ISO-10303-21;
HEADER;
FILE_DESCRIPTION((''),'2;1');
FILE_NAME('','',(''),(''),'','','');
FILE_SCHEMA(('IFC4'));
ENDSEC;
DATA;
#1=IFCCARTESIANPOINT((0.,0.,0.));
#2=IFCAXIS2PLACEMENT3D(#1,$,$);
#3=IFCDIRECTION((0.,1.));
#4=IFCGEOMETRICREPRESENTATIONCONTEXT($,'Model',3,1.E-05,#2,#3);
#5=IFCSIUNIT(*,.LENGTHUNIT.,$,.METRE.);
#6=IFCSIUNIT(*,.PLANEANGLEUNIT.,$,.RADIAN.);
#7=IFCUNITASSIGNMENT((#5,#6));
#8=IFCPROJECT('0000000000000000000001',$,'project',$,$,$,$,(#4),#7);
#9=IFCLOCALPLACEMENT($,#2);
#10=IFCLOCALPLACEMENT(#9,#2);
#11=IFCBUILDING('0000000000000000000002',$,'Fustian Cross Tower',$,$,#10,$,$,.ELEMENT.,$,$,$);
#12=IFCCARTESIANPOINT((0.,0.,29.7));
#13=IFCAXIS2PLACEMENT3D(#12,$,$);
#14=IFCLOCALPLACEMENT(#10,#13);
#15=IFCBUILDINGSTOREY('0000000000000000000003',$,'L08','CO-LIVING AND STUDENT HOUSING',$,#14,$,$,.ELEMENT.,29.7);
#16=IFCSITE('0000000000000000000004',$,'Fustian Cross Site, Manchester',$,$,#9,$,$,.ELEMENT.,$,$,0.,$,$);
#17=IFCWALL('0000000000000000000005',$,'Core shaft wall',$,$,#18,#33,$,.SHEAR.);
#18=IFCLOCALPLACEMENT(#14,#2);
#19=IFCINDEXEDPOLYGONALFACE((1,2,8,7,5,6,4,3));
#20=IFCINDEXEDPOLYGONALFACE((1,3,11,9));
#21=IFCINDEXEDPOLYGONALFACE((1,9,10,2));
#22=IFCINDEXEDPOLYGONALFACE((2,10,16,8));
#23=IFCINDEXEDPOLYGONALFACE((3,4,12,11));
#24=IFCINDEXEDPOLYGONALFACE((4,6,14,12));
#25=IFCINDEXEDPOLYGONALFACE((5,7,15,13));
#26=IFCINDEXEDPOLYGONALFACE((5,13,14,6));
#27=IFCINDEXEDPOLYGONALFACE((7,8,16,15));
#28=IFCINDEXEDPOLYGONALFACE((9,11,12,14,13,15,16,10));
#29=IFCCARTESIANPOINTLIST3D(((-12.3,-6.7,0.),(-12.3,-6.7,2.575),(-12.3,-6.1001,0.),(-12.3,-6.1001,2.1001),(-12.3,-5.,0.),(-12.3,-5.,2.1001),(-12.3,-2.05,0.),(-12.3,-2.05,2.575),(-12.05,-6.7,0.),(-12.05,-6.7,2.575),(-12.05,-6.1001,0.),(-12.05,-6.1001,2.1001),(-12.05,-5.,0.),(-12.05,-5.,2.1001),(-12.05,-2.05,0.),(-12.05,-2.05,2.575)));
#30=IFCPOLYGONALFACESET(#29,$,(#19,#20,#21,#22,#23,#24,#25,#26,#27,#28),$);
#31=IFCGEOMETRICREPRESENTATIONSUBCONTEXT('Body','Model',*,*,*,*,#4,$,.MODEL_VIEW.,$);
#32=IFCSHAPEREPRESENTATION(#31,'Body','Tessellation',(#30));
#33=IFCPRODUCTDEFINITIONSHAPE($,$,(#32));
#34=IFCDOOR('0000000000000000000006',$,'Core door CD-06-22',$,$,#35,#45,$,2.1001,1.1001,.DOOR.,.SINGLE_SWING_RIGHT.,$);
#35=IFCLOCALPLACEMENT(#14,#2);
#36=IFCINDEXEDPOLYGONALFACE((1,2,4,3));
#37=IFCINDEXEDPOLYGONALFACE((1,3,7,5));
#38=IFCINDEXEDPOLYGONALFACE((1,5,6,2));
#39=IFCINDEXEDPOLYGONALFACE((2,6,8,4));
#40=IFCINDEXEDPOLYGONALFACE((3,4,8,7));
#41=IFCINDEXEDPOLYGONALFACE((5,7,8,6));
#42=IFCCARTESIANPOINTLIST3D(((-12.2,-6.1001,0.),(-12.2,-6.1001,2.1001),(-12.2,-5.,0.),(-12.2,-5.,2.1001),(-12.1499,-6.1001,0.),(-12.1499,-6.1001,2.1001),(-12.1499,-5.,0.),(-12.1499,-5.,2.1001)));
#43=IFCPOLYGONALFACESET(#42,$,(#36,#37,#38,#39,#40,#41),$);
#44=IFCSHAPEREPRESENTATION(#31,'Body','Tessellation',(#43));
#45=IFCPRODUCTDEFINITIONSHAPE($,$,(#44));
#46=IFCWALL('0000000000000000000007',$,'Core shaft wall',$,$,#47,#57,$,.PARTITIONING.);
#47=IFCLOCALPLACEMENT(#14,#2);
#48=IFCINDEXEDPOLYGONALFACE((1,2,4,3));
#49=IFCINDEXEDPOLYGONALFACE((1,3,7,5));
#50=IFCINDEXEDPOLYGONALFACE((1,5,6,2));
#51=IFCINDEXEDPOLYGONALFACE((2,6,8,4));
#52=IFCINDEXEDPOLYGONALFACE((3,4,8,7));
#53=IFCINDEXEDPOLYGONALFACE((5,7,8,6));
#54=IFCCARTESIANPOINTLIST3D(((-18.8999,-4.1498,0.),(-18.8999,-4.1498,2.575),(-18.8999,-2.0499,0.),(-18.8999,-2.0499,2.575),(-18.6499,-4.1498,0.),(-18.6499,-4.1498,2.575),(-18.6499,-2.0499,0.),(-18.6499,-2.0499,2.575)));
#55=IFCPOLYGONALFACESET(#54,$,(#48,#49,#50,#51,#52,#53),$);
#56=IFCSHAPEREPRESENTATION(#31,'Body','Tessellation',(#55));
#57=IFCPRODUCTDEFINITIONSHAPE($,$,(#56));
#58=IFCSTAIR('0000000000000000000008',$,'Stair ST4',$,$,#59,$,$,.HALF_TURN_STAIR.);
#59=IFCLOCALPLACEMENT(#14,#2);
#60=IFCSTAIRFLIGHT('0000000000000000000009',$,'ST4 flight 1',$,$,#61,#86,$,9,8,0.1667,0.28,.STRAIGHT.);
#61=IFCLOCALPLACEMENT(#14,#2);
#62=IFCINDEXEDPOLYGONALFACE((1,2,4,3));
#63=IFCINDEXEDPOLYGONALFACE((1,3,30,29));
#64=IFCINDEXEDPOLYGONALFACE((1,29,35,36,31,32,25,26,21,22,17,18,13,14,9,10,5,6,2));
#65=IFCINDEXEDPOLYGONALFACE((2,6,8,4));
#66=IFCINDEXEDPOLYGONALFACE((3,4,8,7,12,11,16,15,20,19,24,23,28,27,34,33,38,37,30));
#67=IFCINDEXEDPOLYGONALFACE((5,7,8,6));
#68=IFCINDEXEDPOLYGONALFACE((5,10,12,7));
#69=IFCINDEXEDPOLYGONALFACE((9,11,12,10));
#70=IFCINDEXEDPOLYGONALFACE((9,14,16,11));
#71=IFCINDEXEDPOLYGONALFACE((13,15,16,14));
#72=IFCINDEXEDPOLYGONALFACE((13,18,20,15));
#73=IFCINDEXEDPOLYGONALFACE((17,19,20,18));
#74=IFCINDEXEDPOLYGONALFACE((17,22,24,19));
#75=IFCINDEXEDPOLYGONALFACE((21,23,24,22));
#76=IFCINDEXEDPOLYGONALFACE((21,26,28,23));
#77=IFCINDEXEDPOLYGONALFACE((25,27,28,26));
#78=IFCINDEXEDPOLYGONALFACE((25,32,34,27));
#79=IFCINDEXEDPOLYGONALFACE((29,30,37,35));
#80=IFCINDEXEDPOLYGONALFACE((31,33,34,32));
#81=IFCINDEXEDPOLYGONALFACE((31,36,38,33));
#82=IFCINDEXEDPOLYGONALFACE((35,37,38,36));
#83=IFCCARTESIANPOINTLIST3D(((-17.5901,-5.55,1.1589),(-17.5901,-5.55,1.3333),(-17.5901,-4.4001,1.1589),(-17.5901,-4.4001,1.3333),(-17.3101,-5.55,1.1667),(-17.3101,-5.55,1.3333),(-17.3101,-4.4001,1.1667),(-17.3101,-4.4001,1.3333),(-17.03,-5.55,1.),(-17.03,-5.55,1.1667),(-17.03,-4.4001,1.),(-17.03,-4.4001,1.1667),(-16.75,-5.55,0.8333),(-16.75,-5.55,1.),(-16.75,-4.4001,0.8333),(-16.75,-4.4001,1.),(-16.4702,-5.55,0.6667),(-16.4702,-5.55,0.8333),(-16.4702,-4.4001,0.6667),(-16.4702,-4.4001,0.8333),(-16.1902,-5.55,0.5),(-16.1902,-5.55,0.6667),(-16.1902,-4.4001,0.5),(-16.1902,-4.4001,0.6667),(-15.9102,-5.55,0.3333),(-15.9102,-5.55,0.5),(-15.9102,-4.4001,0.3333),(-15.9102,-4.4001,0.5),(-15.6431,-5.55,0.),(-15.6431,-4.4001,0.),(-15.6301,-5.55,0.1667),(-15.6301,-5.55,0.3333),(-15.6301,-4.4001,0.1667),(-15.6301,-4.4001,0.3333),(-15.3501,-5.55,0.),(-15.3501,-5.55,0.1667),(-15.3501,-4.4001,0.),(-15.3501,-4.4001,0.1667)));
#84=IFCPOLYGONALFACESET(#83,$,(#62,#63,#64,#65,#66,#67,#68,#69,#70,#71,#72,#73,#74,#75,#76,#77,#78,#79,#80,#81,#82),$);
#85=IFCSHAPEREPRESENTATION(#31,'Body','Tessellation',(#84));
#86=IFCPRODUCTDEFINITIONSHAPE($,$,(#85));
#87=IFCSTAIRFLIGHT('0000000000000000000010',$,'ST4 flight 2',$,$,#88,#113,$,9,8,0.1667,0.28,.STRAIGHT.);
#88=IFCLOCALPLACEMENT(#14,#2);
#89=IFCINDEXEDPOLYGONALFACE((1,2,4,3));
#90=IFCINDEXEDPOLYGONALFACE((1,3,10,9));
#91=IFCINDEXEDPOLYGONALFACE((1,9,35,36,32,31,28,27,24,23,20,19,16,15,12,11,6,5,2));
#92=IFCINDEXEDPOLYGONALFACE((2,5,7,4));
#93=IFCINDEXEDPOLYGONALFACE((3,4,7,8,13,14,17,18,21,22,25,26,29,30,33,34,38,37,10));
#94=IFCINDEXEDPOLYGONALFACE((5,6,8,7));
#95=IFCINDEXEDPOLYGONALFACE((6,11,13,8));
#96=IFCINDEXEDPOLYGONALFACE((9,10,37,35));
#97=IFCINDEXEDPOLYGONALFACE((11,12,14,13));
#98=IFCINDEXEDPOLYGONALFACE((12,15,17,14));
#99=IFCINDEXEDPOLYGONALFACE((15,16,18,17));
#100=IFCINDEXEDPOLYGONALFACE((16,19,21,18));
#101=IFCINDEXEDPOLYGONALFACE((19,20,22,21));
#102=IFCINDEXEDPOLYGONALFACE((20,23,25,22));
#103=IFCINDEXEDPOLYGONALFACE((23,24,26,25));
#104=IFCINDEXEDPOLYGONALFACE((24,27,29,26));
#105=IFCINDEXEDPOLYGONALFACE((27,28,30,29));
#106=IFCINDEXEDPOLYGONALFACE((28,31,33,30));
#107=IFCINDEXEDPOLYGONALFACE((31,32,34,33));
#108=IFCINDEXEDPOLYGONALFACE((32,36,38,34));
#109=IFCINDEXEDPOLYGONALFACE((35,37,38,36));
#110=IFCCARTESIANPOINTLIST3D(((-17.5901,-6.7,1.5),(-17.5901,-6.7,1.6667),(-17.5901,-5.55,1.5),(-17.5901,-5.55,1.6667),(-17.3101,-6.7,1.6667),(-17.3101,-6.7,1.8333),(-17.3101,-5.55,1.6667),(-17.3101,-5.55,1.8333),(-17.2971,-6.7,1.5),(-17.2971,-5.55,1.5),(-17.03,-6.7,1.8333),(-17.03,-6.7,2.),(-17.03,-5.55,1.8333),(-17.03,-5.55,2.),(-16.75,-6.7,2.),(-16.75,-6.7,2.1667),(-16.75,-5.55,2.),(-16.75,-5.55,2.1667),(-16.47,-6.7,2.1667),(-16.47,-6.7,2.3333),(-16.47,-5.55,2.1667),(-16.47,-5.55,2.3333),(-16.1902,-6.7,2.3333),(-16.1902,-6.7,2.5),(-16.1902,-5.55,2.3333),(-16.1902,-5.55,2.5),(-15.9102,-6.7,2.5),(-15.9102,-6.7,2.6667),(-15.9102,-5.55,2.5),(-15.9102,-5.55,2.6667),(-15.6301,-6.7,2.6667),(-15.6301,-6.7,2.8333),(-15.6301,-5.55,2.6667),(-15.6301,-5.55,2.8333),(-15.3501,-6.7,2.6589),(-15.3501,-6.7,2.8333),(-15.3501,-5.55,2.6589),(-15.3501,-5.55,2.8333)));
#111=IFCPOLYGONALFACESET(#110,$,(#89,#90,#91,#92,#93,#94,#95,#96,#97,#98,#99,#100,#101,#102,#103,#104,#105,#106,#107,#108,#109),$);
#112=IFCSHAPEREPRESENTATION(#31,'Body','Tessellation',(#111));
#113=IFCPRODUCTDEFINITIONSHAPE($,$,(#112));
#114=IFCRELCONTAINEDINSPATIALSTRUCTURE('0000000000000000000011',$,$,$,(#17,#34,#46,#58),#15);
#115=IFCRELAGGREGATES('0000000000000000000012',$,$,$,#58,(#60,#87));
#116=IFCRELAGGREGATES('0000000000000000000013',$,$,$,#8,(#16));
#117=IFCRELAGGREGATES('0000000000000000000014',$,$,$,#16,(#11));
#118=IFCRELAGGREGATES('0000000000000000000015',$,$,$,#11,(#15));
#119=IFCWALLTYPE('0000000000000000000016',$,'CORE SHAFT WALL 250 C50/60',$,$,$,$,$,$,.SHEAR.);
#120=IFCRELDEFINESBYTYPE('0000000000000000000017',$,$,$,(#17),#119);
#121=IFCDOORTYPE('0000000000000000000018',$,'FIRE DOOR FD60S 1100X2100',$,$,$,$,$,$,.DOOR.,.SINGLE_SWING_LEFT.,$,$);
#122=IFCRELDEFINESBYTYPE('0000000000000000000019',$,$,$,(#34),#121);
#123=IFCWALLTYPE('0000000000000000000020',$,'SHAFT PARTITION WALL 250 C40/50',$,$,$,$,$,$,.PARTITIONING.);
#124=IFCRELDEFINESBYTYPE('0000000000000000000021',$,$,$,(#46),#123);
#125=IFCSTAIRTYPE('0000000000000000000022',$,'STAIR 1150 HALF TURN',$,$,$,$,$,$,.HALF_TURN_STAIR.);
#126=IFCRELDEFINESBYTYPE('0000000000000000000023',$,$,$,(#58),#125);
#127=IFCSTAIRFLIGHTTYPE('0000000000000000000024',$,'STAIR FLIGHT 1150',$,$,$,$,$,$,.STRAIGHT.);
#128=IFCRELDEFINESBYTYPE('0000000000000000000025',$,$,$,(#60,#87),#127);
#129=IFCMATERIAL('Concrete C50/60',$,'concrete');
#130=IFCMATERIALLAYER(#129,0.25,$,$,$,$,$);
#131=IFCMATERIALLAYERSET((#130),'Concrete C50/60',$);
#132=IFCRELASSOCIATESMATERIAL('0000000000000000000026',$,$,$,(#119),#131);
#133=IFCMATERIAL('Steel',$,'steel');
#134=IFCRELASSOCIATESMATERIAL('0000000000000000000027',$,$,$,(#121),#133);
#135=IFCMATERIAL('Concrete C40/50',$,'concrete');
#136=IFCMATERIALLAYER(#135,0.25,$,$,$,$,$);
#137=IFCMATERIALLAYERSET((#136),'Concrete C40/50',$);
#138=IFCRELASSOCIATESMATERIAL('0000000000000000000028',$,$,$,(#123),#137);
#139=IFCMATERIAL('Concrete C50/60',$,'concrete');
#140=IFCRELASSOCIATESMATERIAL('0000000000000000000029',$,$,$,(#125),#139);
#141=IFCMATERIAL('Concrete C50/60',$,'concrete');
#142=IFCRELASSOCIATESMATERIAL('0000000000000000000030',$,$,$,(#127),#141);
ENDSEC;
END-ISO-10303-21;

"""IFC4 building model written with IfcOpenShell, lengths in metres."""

from ifc_helpers import new_model, si_unit, direction, frame, frame_2d, origin, place, context, subcontext, project, spatial, polyline, rectangle, outline, extrude, material, layer, layer_set, type_object, element, fill, aggregate, save


model = new_model("IFC4")

# Units and contexts
model_context = context("Model", 3, precision=1e-05, world=origin(), true_north=direction((0.0, 1.0)))
body_context = subcontext(model_context, "Body", "Model", "MODEL_VIEW")
ifc_project = project(units=[si_unit("LENGTHUNIT", "METRE"), si_unit("PLANEANGLEUNIT", "RADIAN")], contexts=[model_context])

# Site, building, storey
site_placement = place(None, origin())
site = spatial("IfcSite", under=ifc_project, at=site_placement, Name="Fustian Cross Site, Manchester", CompositionType="ELEMENT", RefElevation=0.0)
building_placement = place(site_placement, origin())
building = spatial("IfcBuilding", under=site, at=building_placement, Name="Fustian Cross Tower", CompositionType="ELEMENT")
storey_placement = place(building_placement, frame((0.0, 0.0, 29.7)))
storey = spatial("IfcBuildingStorey", under=building, at=storey_placement, Name="L08", Description="CO-LIVING AND STUDENT HOUSING", CompositionType="ELEMENT", Elevation=29.7)

# Shared definitions
ifc_material_1 = material(Name="Concrete C50/60", Category="concrete")
ifc_layer_1 = layer(ifc_material_1, 0.25)
ifc_layer_set_1 = layer_set([ifc_layer_1], Name="Concrete C50/60")
wall_type_1 = type_object("IfcWallType", Name="CORE SHAFT WALL 250 C50/60", PredefinedType="SHEAR", material=ifc_layer_set_1)

# Wall, opening, door
wall_1_placement = place(storey_placement, frame((-12.175, -2.05, 0.0), z_axis=(0.0, 0.0, 1.0), x_axis=(0.0, -1.0, 0.0)))
wall_1 = element("IfcWall", 1, at=wall_1_placement, inside=storey, type_object=wall_type_1, Name="Core shaft wall", PredefinedType="SHEAR", context=body_context, shape_type="SweptSolid", body=[
    extrude(rectangle(XDim=4.6499, YDim=0.25, at=frame_2d((2.325, 0.0))), origin(), (0.0, 0.0, 1.0), 2.575),
])
opening_1_placement = place(wall_1_placement, frame((2.95, 0.0, 0.0)))
opening_1 = element("IfcOpeningElement", 2, at=opening_1_placement, cuts=wall_1, PredefinedType="OPENING", context=body_context, shape_type="SweptSolid", body=[
    extrude(rectangle(XDim=1.1001, YDim=2.1001, at=frame_2d((0.55, 1.05))), frame((0.0, 0.135, 0.0), z_axis=(0.0, -1.0, 0.0), x_axis=(1.0, 0.0, 0.0)), (0.0, 0.0, 1.0), 0.27),
])
ifc_material_2 = material(Name="Steel", Category="steel")
door_type_1 = type_object("IfcDoorType", Name="FIRE DOOR FD60S 1100X2100", OperationType="SINGLE_SWING_LEFT", PredefinedType="DOOR", material=ifc_material_2)
door_1_placement = place(opening_1_placement, frame((1.1001, 0.0, 0.0), z_axis=(0.0, 0.0, 1.0), x_axis=(-1.0, 0.0, 0.0)))
door_1 = element("IfcDoor", 3, at=door_1_placement, inside=storey, type_object=door_type_1, Name="Core door CD-06-22", OperationType="SINGLE_SWING_RIGHT", OverallHeight=2.1001, OverallWidth=1.1001, PredefinedType="DOOR", context=body_context, shape_type="SweptSolid", body=[
    extrude(rectangle(XDim=1.1001, YDim=2.1001, at=frame_2d((0.55, 1.05))), frame((0.0, 0.0249, 0.0), z_axis=(0.0, -1.0, 0.0), x_axis=(1.0, 0.0, 0.0)), (0.0, 0.0, 1.0), 0.05),
])
fill(opening_1, door_1)

# Wall
ifc_material_3 = material(Name="Concrete C40/50", Category="concrete")
ifc_layer_2 = layer(ifc_material_3, 0.25)
ifc_layer_set_2 = layer_set([ifc_layer_2], Name="Concrete C40/50")
wall_type_2 = type_object("IfcWallType", Name="SHAFT PARTITION WALL 250 C40/50", PredefinedType="PARTITIONING", material=ifc_layer_set_2)
wall_2_placement = place(storey_placement, frame((-18.7749, -2.05, 0.0), z_axis=(0.0, 0.0, 1.0), x_axis=(0.0, -1.0, 0.0)))
element("IfcWall", 4, at=wall_2_placement, inside=storey, type_object=wall_type_2, Name="Core shaft wall", PredefinedType="PARTITIONING", context=body_context, shape_type="SweptSolid", body=[
    extrude(rectangle(XDim=2.0999, YDim=0.25, at=frame_2d((1.0498, 0.0))), origin(), (0.0, 0.0, 1.0), 2.575),
])

# Stair, stair flights
ifc_material_4 = material(Name="Concrete C50/60", Category="concrete")
stair_type = type_object("IfcStairType", Name="STAIR 1150 HALF TURN", PredefinedType="HALF_TURN_STAIR", material=ifc_material_4)
stair_placement = place(storey_placement, origin())
stair = element("IfcStair", 5, at=stair_placement, inside=storey, type_object=stair_type, Name="Stair ST4", PredefinedType="HALF_TURN_STAIR")
ifc_material_5 = material(Name="Concrete C50/60", Category="concrete")
stair_flight_type = type_object("IfcStairFlightType", Name="STAIR FLIGHT 1150", PredefinedType="STRAIGHT", material=ifc_material_5)
stair_flight_1_placement = place(storey_placement, frame((-15.3501, -4.9751, 0.0), z_axis=(0.0, 0.0, 1.0), x_axis=(-1.0, 0.0, 0.0)))
stair_flight_1 = element("IfcStairFlight", 6, at=stair_flight_1_placement, type_object=stair_flight_type, Name="ST4 flight 1", NumberOfRisers=9, NumberOfTreads=8, PredefinedType="STRAIGHT", RiserHeight=0.1667, TreadLength=0.28, context=body_context, shape_type="SweptSolid", body=[
    extrude(outline(polyline([(0.0, 0.0), (0.0, 0.1667), (0.28, 0.1667), (0.28, 0.3333), (0.5601, 0.3333), (0.5601, 0.5), (0.8401, 0.5), (0.8401, 0.6667), (1.1201, 0.6667), (1.1201, 0.8333), (1.3999, 0.8333), (1.3999, 1.0), (1.6799, 1.0), (1.6799, 1.1667), (1.96, 1.1667), (1.96, 1.3333), (2.24, 1.3333), (2.24, 1.5), (2.24, 1.1589), (0.293, 0.0), (0.0, 0.0)])), frame((0.0, 0.575, 0.0), z_axis=(0.0, -1.0, 0.0), x_axis=(1.0, 0.0, 0.0)), (0.0, 0.0, 1.0), 1.1499),
])
stair_flight_2_placement = place(storey_placement, frame((-17.5901, -6.125, 1.5), z_axis=(0.0, 0.0, 1.0), x_axis=(1.0, 0.0, 0.0)))
stair_flight_2 = element("IfcStairFlight", 7, at=stair_flight_2_placement, type_object=stair_flight_type, Name="ST4 flight 2", NumberOfRisers=9, NumberOfTreads=8, PredefinedType="STRAIGHT", RiserHeight=0.1667, TreadLength=0.28, context=body_context, shape_type="SweptSolid", body=[
    extrude(outline(polyline([(0.0, 0.0), (0.0, 0.1667), (0.28, 0.1667), (0.28, 0.3333), (0.5601, 0.3333), (0.5601, 0.5), (0.8401, 0.5), (0.8401, 0.6667), (1.1201, 0.6667), (1.1201, 0.8333), (1.3999, 0.8333), (1.3999, 1.0), (1.6799, 1.0), (1.6799, 1.1667), (1.96, 1.1667), (1.96, 1.3333), (2.24, 1.3333), (2.24, 1.5), (2.24, 1.1589), (0.293, 0.0), (0.0, 0.0)])), frame((0.0, 0.575, 0.0), z_axis=(0.0, -1.0, 0.0), x_axis=(1.0, 0.0, 0.0)), (0.0, 0.0, 1.0), 1.1499),
])
aggregate(stair, [stair_flight_1, stair_flight_2])

save(model, "model.ifc")
